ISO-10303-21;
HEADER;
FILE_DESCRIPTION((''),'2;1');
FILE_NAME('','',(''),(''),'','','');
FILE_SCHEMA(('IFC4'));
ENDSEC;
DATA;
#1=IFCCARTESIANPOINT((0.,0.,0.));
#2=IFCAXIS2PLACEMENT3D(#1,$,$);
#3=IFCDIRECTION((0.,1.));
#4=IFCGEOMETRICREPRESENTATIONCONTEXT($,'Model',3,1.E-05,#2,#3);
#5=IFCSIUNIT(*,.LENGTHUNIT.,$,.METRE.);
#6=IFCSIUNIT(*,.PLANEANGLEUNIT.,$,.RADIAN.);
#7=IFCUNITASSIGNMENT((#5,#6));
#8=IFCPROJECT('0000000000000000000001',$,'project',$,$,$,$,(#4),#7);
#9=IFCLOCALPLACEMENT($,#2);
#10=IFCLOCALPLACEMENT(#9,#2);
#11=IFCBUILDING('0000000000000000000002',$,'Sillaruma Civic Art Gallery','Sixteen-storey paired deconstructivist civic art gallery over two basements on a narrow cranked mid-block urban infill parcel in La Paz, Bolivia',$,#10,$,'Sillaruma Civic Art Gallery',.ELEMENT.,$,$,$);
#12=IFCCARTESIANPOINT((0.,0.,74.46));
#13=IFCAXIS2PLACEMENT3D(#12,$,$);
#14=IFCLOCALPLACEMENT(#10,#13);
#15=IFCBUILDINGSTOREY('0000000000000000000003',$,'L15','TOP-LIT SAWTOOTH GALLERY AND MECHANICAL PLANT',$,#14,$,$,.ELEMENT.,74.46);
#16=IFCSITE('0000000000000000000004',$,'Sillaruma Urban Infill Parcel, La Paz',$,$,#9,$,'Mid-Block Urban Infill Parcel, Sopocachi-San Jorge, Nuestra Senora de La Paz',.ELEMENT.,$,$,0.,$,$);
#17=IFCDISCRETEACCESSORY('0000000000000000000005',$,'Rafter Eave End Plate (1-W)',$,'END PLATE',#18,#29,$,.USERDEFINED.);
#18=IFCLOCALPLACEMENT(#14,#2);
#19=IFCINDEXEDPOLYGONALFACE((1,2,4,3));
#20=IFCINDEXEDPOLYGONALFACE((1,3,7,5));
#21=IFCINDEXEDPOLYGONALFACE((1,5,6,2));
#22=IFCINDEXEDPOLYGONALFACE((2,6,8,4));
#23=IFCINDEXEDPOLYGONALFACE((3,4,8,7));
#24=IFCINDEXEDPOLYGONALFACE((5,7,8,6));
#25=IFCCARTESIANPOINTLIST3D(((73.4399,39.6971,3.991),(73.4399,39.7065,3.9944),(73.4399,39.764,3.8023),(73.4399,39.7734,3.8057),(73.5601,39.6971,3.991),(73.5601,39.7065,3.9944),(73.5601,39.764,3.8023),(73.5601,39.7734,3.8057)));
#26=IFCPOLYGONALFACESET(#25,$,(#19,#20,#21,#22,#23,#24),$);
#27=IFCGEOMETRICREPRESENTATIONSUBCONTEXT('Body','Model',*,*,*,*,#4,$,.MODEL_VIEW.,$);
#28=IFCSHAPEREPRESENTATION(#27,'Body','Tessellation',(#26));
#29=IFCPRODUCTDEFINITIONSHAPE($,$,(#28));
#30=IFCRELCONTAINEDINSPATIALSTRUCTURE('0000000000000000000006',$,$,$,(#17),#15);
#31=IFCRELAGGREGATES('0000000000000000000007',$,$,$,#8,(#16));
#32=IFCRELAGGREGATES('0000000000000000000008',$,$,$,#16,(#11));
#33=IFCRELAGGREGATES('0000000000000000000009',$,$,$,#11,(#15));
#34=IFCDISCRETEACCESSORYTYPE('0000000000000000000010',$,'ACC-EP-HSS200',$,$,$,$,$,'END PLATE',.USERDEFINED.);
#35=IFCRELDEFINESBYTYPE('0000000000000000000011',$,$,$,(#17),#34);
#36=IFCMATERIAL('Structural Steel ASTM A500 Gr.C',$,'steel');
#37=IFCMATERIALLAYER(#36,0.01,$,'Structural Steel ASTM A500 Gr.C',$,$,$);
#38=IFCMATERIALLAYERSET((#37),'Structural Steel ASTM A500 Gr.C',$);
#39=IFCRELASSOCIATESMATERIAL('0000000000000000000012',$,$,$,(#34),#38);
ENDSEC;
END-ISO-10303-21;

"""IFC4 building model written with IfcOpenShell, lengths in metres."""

from ifc_helpers import new_model, si_unit, direction, frame, origin, place, context, subcontext, project, spatial, polyline, outline, extrude, material, layer, layer_set, type_object, element, save


model = new_model("IFC4")

# Units and contexts
model_context = context("Model", 3, precision=1e-05, world=origin(), true_north=direction((0.0, 1.0)))
body_context = subcontext(model_context, "Body", "Model", "MODEL_VIEW")
ifc_project = project(units=[si_unit("LENGTHUNIT", "METRE"), si_unit("PLANEANGLEUNIT", "RADIAN")], contexts=[model_context])

# Site, building, storey
site_placement = place(None, origin())
site = spatial("IfcSite", under=ifc_project, at=site_placement, Name="Sillaruma Urban Infill Parcel, La Paz", LongName="Mid-Block Urban Infill Parcel, Sopocachi-San Jorge, Nuestra Senora de La Paz", CompositionType="ELEMENT", RefElevation=0.0)
building_placement = place(site_placement, origin())
building = spatial("IfcBuilding", under=site, at=building_placement, Name="Sillaruma Civic Art Gallery", Description="Sixteen-storey paired deconstructivist civic art gallery over two basements on a narrow cranked mid-block urban infill parcel in La Paz, Bolivia", LongName="Sillaruma Civic Art Gallery", CompositionType="ELEMENT")
storey_placement = place(building_placement, frame((0.0, 0.0, 74.46)))
storey = spatial("IfcBuildingStorey", under=building, at=storey_placement, Name="L15", Description="TOP-LIT SAWTOOTH GALLERY AND MECHANICAL PLANT", CompositionType="ELEMENT", Elevation=74.46)

# Shared definitions
ifc_material_1 = material(Name="Structural Steel ASTM A500 Gr.C", Category="steel")

# Discrete accessory
ifc_layer_1 = layer(ifc_material_1, 0.01, Name="Structural Steel ASTM A500 Gr.C")
ifc_layer_set_1 = layer_set([ifc_layer_1], Name="Structural Steel ASTM A500 Gr.C")
discrete_accessory_type = type_object("IfcDiscreteAccessoryType", Name="ACC-EP-HSS200", ElementType="END PLATE", PredefinedType="USERDEFINED", material=ifc_layer_set_1)
discrete_accessory_placement = place(storey_placement, frame((73.5601, 39.7734, 3.8057), z_axis=(0.0, 0.942539, 0.334095), x_axis=(-1.0, 0.0, 0.0)))
element("IfcDiscreteAccessory", 1, at=discrete_accessory_placement, inside=storey, type_object=discrete_accessory_type, Name="Rafter Eave End Plate (1-W)", ObjectType="END PLATE", PredefinedType="USERDEFINED", context=body_context, shape_type="SweptSolid", body=[
    extrude(outline(polyline([(0.0, 0.0), (0.1201, 0.0), (0.1201, 0.2002), (0.0, 0.2002), (0.0, 0.0)])), origin(), (0.0, 0.0, -1.0), 0.01),
])

save(model, "model.ifc")
